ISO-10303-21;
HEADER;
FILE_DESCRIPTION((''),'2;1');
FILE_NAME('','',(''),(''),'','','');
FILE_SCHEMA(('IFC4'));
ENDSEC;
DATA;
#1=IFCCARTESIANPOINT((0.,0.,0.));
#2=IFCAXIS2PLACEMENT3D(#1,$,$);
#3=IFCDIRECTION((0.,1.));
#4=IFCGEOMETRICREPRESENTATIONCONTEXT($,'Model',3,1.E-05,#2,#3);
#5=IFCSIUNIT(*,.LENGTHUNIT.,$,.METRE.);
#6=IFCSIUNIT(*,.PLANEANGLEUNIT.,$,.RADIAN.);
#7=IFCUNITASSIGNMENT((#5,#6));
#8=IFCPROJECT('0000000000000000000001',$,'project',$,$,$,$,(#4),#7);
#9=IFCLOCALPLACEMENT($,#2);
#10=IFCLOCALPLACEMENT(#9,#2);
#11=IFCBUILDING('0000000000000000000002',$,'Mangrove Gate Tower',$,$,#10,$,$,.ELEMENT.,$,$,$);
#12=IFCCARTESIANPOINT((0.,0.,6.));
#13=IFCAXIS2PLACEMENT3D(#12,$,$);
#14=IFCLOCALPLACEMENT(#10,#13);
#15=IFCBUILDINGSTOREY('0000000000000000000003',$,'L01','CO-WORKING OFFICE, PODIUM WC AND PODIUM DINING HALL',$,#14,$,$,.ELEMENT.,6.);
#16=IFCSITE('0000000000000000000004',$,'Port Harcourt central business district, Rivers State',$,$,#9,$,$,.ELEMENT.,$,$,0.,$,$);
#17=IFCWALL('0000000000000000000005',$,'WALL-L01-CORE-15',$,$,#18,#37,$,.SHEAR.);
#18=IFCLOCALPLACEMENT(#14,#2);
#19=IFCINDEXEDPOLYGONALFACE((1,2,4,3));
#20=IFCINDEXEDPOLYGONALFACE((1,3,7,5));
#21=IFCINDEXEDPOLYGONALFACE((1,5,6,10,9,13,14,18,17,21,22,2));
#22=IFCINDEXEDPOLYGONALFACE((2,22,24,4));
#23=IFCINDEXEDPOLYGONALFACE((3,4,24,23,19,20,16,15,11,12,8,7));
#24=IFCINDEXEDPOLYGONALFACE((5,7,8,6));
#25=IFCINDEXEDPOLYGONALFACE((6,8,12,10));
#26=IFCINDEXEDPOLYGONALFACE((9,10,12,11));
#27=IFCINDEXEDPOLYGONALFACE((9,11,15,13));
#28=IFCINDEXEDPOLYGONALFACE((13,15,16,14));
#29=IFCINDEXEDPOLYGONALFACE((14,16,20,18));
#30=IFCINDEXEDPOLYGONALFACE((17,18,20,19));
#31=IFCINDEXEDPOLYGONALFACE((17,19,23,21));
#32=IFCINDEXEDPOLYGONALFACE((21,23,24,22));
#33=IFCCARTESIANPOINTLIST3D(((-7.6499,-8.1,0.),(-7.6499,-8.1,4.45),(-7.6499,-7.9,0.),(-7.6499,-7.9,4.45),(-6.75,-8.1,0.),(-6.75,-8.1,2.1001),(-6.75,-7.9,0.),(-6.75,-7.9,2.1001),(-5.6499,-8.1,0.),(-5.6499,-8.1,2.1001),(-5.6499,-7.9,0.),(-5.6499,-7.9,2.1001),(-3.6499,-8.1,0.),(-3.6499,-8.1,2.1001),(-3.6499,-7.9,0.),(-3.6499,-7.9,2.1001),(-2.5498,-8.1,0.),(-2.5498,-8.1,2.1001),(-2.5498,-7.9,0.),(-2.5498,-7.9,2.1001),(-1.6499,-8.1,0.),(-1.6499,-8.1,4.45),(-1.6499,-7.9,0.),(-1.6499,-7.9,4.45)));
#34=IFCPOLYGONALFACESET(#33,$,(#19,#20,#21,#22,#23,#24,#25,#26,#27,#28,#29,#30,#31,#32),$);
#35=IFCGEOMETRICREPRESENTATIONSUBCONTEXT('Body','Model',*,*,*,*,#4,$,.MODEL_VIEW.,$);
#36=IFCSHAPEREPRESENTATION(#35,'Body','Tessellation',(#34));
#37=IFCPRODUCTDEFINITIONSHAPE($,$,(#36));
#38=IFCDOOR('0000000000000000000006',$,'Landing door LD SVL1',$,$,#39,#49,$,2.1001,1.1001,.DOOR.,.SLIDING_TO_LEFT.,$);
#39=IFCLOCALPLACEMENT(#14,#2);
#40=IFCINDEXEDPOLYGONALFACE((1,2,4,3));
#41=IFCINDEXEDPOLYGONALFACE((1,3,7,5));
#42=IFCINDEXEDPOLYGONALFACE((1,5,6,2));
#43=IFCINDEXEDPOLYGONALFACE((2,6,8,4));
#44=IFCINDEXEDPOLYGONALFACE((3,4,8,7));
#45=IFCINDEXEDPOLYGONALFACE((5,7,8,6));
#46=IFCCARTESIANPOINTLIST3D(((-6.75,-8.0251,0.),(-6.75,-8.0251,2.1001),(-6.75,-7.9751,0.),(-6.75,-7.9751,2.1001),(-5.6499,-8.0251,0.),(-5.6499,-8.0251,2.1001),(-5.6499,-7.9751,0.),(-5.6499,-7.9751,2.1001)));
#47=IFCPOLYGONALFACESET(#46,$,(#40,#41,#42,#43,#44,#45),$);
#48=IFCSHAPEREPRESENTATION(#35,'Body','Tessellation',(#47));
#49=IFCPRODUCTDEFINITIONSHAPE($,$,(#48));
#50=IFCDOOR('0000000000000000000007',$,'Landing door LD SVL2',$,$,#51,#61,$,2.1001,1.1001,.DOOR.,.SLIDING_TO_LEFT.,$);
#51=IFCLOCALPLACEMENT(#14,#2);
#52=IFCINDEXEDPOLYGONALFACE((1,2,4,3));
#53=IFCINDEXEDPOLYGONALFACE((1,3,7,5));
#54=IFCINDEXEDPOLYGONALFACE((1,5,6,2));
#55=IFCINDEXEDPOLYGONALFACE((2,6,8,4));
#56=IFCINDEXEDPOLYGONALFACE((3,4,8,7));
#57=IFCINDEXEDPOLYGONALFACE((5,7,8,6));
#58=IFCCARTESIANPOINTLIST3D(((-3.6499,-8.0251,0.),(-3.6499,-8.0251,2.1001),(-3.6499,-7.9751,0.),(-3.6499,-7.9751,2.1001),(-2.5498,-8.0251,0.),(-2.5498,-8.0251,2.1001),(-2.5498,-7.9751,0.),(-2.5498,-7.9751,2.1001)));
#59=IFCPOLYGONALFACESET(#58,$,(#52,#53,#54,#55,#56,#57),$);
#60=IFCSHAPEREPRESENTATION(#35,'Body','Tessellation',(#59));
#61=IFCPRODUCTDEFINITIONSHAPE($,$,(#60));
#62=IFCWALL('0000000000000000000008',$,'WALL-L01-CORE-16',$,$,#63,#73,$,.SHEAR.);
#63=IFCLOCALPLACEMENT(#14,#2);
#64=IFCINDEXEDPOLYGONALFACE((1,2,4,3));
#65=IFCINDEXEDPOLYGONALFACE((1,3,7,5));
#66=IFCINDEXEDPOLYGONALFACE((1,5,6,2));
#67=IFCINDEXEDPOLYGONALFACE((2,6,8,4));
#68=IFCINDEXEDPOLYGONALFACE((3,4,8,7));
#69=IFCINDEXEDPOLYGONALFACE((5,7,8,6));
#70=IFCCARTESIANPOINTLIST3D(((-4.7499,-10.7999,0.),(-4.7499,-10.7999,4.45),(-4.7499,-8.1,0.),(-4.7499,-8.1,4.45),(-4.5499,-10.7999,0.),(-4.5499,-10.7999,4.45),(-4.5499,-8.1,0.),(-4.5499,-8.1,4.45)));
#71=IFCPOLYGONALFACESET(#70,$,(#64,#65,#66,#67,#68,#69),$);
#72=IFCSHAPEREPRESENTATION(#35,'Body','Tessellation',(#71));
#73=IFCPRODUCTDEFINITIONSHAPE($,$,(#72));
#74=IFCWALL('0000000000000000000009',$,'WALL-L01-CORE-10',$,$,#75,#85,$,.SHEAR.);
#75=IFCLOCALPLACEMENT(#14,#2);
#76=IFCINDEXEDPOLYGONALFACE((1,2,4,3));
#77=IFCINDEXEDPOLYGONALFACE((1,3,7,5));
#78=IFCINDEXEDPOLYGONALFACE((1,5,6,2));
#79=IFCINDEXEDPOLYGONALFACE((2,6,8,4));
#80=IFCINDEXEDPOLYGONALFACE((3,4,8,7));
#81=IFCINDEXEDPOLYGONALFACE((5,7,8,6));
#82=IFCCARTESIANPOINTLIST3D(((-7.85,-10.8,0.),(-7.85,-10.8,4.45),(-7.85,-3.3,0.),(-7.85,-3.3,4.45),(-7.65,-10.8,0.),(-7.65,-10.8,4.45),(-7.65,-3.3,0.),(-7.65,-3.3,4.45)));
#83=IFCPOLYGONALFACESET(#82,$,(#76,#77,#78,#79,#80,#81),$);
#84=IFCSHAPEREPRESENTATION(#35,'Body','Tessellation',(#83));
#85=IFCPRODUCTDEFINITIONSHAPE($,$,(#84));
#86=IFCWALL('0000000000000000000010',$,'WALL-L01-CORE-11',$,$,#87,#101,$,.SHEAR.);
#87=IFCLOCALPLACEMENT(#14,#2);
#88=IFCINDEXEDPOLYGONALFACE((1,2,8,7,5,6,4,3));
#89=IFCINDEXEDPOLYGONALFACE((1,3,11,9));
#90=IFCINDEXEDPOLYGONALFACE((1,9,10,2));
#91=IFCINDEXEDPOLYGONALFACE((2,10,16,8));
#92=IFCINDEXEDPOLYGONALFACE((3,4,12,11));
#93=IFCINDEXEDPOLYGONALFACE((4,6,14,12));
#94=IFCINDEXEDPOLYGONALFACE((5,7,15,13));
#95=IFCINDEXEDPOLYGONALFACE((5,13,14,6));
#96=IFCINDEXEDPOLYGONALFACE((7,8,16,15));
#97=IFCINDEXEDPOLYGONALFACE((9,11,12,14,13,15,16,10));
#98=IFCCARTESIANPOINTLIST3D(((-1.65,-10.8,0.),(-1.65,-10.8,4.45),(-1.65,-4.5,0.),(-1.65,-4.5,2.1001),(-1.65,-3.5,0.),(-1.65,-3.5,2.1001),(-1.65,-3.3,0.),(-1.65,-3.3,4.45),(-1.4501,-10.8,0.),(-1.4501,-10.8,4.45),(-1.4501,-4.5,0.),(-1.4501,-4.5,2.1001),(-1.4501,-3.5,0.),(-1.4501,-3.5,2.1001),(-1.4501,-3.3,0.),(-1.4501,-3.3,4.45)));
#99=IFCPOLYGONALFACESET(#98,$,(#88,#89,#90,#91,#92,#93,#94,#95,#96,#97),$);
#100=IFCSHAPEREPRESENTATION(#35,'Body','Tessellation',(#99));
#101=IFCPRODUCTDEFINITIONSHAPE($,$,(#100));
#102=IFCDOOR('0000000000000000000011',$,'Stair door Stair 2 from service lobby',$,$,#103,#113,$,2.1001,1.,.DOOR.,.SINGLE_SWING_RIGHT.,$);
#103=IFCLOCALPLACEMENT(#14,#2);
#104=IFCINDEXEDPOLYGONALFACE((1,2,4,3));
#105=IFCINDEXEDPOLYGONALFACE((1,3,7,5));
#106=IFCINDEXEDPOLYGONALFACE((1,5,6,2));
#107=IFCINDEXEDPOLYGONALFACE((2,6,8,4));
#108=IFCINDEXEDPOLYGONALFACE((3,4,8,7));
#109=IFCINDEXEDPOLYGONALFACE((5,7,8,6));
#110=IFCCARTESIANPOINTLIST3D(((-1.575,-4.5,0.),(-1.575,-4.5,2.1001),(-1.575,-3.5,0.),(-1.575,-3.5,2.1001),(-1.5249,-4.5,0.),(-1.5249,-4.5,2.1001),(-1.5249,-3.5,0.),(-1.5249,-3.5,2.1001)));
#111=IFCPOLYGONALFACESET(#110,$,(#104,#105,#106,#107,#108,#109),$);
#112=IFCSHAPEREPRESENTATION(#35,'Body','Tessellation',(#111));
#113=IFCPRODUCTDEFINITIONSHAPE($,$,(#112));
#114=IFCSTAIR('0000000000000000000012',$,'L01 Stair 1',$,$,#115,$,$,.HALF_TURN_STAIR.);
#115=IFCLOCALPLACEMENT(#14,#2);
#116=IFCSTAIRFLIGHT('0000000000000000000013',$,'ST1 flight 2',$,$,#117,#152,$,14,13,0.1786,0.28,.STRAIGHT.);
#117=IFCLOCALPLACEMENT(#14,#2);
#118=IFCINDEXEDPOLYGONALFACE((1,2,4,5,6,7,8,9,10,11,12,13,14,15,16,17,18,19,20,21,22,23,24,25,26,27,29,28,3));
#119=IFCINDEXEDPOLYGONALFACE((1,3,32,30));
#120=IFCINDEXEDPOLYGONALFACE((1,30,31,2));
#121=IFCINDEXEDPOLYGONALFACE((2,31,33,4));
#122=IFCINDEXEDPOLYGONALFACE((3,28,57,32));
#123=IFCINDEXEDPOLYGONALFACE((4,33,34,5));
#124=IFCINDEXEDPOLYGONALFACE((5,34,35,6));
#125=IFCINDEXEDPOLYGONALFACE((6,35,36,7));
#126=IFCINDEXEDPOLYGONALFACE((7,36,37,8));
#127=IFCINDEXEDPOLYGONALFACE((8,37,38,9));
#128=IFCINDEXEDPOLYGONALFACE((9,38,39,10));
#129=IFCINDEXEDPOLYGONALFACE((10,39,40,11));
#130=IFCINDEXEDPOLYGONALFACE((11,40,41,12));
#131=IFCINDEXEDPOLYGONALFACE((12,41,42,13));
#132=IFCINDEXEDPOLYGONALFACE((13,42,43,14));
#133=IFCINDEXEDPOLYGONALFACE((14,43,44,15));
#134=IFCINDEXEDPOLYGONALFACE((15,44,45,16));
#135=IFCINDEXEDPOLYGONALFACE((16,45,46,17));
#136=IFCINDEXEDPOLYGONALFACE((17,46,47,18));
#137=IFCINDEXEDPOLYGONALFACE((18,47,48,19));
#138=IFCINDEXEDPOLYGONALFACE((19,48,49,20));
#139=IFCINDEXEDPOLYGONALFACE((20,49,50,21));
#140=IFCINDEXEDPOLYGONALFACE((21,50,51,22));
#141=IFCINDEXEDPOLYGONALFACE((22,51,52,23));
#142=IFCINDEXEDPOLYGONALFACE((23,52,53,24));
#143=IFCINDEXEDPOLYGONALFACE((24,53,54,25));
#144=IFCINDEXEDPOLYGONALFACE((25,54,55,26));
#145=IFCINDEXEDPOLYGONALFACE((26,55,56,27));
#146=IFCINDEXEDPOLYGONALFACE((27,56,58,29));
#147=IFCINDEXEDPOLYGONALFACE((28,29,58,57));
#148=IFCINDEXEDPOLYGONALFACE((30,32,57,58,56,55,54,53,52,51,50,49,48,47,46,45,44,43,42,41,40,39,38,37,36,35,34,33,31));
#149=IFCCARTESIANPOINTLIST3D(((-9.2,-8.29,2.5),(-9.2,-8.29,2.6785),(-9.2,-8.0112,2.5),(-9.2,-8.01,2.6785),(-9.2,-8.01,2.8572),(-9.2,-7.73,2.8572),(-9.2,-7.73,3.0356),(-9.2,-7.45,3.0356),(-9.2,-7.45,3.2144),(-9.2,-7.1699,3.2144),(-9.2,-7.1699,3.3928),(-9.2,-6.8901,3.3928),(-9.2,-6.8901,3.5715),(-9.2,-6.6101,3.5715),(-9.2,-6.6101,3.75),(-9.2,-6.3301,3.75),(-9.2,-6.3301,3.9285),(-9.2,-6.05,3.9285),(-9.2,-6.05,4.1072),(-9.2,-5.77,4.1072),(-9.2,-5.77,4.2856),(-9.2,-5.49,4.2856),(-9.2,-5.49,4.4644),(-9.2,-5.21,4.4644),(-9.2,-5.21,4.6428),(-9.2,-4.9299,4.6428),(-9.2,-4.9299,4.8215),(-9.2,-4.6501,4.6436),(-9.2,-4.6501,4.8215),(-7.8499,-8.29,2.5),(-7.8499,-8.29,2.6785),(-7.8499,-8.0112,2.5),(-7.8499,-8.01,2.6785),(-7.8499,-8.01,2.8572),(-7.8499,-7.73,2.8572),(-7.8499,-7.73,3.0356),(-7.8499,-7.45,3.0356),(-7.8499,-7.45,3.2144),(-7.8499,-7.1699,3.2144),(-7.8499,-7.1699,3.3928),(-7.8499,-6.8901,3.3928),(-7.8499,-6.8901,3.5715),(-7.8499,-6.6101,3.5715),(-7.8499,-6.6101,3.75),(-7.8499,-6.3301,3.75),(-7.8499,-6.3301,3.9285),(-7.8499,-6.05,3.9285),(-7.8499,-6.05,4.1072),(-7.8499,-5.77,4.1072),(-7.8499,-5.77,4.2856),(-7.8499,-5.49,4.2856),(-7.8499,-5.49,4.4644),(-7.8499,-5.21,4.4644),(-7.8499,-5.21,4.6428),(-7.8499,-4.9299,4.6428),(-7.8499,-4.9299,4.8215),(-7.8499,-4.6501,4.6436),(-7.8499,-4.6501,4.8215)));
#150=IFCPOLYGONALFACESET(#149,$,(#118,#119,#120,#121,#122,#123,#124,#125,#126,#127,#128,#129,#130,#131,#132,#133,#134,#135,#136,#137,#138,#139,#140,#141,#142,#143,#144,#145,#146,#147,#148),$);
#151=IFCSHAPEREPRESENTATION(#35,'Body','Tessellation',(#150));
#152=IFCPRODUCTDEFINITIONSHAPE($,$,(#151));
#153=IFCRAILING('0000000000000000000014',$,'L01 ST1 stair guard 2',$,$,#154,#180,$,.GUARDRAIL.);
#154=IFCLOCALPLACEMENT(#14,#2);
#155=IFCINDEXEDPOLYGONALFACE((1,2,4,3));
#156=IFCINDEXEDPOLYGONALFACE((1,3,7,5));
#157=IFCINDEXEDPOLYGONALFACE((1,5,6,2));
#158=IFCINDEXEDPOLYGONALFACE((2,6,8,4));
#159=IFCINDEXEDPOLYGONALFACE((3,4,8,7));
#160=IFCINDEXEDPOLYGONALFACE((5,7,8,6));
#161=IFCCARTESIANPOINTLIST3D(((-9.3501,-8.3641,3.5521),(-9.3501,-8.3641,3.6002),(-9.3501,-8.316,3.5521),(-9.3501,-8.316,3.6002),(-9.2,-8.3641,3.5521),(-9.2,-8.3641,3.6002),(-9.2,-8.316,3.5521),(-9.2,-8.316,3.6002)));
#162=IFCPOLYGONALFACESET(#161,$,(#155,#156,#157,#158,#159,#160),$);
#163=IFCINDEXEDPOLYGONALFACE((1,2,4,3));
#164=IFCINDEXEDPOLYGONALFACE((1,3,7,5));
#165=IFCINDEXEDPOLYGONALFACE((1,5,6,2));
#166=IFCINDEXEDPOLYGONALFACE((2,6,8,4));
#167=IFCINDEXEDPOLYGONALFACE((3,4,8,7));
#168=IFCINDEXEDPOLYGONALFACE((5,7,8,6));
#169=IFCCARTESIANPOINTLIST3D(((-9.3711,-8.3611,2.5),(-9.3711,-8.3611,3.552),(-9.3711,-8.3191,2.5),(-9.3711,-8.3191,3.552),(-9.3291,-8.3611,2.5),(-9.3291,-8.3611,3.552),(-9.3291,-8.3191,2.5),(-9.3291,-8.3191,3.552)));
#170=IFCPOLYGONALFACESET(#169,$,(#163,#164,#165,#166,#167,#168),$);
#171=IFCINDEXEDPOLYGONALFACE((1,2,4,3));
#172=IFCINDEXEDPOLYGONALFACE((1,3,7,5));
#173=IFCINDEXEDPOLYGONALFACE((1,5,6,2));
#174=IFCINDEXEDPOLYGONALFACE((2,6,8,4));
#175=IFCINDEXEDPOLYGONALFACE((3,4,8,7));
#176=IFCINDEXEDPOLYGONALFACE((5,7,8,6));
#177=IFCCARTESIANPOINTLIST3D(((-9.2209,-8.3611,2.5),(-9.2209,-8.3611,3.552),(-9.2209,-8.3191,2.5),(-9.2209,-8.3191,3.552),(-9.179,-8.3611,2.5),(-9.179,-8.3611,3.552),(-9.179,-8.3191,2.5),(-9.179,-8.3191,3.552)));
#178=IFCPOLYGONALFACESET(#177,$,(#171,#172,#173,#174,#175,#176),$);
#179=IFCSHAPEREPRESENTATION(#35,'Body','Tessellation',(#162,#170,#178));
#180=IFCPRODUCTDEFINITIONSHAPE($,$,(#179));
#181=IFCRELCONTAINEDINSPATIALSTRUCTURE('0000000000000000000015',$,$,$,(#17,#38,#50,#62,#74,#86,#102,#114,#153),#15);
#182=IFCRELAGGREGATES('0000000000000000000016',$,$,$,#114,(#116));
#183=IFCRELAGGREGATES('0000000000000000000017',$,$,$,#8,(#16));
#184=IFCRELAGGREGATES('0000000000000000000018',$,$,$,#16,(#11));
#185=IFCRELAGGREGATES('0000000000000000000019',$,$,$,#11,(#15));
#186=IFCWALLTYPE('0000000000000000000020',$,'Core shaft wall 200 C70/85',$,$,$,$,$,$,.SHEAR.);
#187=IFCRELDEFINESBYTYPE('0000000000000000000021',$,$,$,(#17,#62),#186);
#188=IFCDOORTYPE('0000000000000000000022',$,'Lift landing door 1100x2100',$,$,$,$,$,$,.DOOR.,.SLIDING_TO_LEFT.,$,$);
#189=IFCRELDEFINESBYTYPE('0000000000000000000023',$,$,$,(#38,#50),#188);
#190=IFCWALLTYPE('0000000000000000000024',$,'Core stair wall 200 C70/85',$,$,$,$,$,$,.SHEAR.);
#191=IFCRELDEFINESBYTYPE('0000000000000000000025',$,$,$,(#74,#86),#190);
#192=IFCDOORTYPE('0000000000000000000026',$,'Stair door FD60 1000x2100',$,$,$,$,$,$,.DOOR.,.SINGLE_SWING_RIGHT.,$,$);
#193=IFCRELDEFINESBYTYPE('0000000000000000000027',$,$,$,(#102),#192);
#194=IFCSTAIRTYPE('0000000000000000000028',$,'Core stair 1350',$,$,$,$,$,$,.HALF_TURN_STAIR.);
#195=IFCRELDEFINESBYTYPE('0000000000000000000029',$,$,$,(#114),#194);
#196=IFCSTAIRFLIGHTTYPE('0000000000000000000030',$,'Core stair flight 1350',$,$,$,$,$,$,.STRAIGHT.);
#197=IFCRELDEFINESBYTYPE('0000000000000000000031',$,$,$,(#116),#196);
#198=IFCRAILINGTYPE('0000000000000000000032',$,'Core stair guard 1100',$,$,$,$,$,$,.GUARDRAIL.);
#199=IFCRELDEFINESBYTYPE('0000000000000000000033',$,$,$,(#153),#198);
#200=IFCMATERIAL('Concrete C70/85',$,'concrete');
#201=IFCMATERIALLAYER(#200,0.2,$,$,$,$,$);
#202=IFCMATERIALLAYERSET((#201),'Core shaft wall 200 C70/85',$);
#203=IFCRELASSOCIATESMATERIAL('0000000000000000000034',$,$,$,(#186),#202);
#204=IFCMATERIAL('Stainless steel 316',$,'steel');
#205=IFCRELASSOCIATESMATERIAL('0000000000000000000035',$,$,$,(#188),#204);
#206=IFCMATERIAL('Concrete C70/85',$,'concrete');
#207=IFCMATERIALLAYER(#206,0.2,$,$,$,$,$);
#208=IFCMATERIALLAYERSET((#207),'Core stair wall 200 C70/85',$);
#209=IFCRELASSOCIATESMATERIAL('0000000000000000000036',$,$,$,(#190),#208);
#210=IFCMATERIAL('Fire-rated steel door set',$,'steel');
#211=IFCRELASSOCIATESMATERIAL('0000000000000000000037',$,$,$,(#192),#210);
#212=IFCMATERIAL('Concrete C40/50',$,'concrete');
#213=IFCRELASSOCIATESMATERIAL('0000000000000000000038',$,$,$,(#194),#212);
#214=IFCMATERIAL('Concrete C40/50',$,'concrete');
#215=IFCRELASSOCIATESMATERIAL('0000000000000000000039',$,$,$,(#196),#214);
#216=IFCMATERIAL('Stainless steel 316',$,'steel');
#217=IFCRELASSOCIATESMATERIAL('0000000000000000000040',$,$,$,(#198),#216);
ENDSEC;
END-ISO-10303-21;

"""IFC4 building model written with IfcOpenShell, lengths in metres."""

from ifc_helpers import new_model, si_unit, direction, frame, frame_2d, origin, origin_2d, place, context, subcontext, project, spatial, polyline, rectangle, outline, extrude, material, layer, layer_set, type_object, element, fill, aggregate, save


model = new_model("IFC4")

# Units and contexts
model_context = context("Model", 3, precision=1e-05, world=origin(), true_north=direction((0.0, 1.0)))
body_context = subcontext(model_context, "Body", "Model", "MODEL_VIEW")
ifc_project = project(units=[si_unit("LENGTHUNIT", "METRE"), si_unit("PLANEANGLEUNIT", "RADIAN")], contexts=[model_context])

# Site, building, storey
site_placement = place(None, origin())
site = spatial("IfcSite", under=ifc_project, at=site_placement, Name="Port Harcourt central business district, Rivers State", CompositionType="ELEMENT", RefElevation=0.0)
building_placement = place(site_placement, origin())
building = spatial("IfcBuilding", under=site, at=building_placement, Name="Mangrove Gate Tower", CompositionType="ELEMENT")
storey_placement = place(building_placement, frame((0.0, 0.0, 6.0)))
storey = spatial("IfcBuildingStorey", under=building, at=storey_placement, Name="L01", Description="CO-WORKING OFFICE, PODIUM WC AND PODIUM DINING HALL", CompositionType="ELEMENT", Elevation=6.0)

# Wall, openings, doors
ifc_material_1 = material(Name="Concrete C70/85", Category="concrete")
ifc_layer_1 = layer(ifc_material_1, 0.2)
ifc_layer_set_1 = layer_set([ifc_layer_1], Name="Core shaft wall 200 C70/85")
wall_type_1 = type_object("IfcWallType", Name="Core shaft wall 200 C70/85", PredefinedType="SHEAR", material=ifc_layer_set_1)
wall_1_placement = place(storey_placement, frame((-7.6499, -8.0, 0.0), z_axis=(0.0, 0.0, 1.0), x_axis=(1.0, 0.0, 0.0)))
wall_1 = element("IfcWall", 1, at=wall_1_placement, inside=storey, type_object=wall_type_1, Name="WALL-L01-CORE-15", PredefinedType="SHEAR", context=body_context, shape_type="SweptSolid", body=[
    extrude(rectangle(XDim=6.0, YDim=0.2, at=frame_2d((3.0, 0.0))), origin(), (0.0, 0.0, 1.0), 4.45),
])
opening_1_placement = place(wall_1_placement, frame((0.8999, 0.0, 0.0)))
opening_1 = element("IfcOpeningElement", 2, at=opening_1_placement, cuts=wall_1, PredefinedType="OPENING", context=body_context, shape_type="SweptSolid", body=[
    extrude(rectangle(XDim=1.1001, YDim=2.1001, at=frame_2d((0.55, 1.05))), frame((0.0, 0.1099, 0.0), z_axis=(0.0, -1.0, 0.0), x_axis=(1.0, 0.0, 0.0)), (0.0, 0.0, 1.0), 0.22),
])
opening_2_placement = place(wall_1_placement, frame((4.0, 0.0, 0.0)))
opening_2 = element("IfcOpeningElement", 3, at=opening_2_placement, cuts=wall_1, PredefinedType="OPENING", context=body_context, shape_type="SweptSolid", body=[
    extrude(rectangle(XDim=1.1001, YDim=2.1001, at=frame_2d((0.55, 1.05))), frame((0.0, 0.1099, 0.0), z_axis=(0.0, -1.0, 0.0), x_axis=(1.0, 0.0, 0.0)), (0.0, 0.0, 1.0), 0.22),
])
ifc_material_2 = material(Name="Stainless steel 316", Category="steel")
door_type_1 = type_object("IfcDoorType", Name="Lift landing door 1100x2100", OperationType="SLIDING_TO_LEFT", PredefinedType="DOOR", material=ifc_material_2)
door_1_placement = place(opening_1_placement, origin())
door_1 = element("IfcDoor", 4, at=door_1_placement, inside=storey, type_object=door_type_1, Name="Landing door LD SVL1", OperationType="SLIDING_TO_LEFT", OverallHeight=2.1001, OverallWidth=1.1001, PredefinedType="DOOR", context=body_context, shape_type="SweptSolid", body=[
    extrude(rectangle(XDim=1.1001, YDim=2.1001, at=frame_2d((0.55, 1.05))), frame((0.0, 0.0249, 0.0), z_axis=(0.0, -1.0, 0.0), x_axis=(1.0, 0.0, 0.0)), (0.0, 0.0, 1.0), 0.05),
])
fill(opening_1, door_1)
door_2_placement = place(opening_2_placement, origin())
door_2 = element("IfcDoor", 5, at=door_2_placement, inside=storey, type_object=door_type_1, Name="Landing door LD SVL2", OperationType="SLIDING_TO_LEFT", OverallHeight=2.1001, OverallWidth=1.1001, PredefinedType="DOOR", context=body_context, shape_type="SweptSolid", body=[
    extrude(rectangle(XDim=1.1001, YDim=2.1001, at=frame_2d((0.55, 1.05))), frame((0.0, 0.0249, 0.0), z_axis=(0.0, -1.0, 0.0), x_axis=(1.0, 0.0, 0.0)), (0.0, 0.0, 1.0), 0.05),
])
fill(opening_2, door_2)

# Walls
wall_2_placement = place(storey_placement, frame((-4.6499, -10.8, 0.0), z_axis=(0.0, 0.0, 1.0), x_axis=(0.0, 1.0, 0.0)))
element("IfcWall", 6, at=wall_2_placement, inside=storey, type_object=wall_type_1, Name="WALL-L01-CORE-16", PredefinedType="SHEAR", context=body_context, shape_type="SweptSolid", body=[
    extrude(rectangle(XDim=2.7, YDim=0.2, at=frame_2d((1.3501, 0.0))), origin(), (0.0, 0.0, 1.0), 4.45),
])
ifc_material_3 = material(Name="Concrete C70/85", Category="concrete")
ifc_layer_2 = layer(ifc_material_3, 0.2)
ifc_layer_set_2 = layer_set([ifc_layer_2], Name="Core stair wall 200 C70/85")
wall_type_2 = type_object("IfcWallType", Name="Core stair wall 200 C70/85", PredefinedType="SHEAR", material=ifc_layer_set_2)
wall_3_placement = place(storey_placement, frame((-7.75, -10.8, 0.0), z_axis=(0.0, 0.0, 1.0), x_axis=(0.0, 1.0, 0.0)))
element("IfcWall", 7, at=wall_3_placement, inside=storey, type_object=wall_type_2, Name="WALL-L01-CORE-10", PredefinedType="SHEAR", context=body_context, shape_type="SweptSolid", body=[
    extrude(rectangle(XDim=7.5, YDim=0.2, at=frame_2d((3.75, 0.0))), origin(), (0.0, 0.0, 1.0), 4.45),
])

# Wall, opening, door
wall_4_placement = place(storey_placement, frame((-1.55, -10.8, 0.0), z_axis=(0.0, 0.0, 1.0), x_axis=(0.0, 1.0, 0.0)))
wall_4 = element("IfcWall", 8, at=wall_4_placement, inside=storey, type_object=wall_type_2, Name="WALL-L01-CORE-11", PredefinedType="SHEAR", context=body_context, shape_type="SweptSolid", body=[
    extrude(rectangle(XDim=7.5, YDim=0.2, at=frame_2d((3.75, 0.0))), origin(), (0.0, 0.0, 1.0), 4.45),
])
opening_3_placement = place(wall_4_placement, frame((6.3, 0.0, 0.0)))
opening_3 = element("IfcOpeningElement", 9, at=opening_3_placement, cuts=wall_4, PredefinedType="OPENING", context=body_context, shape_type="SweptSolid", body=[
    extrude(rectangle(XDim=1.0, YDim=2.1001, at=frame_2d((0.5, 1.05))), frame((0.0, 0.1099, 0.0), z_axis=(0.0, -1.0, 0.0), x_axis=(1.0, 0.0, 0.0)), (0.0, 0.0, 1.0), 0.22),
])
ifc_material_4 = material(Name="Fire-rated steel door set", Category="steel")
door_type_2 = type_object("IfcDoorType", Name="Stair door FD60 1000x2100", OperationType="SINGLE_SWING_RIGHT", PredefinedType="DOOR", material=ifc_material_4)
door_3_placement = place(opening_3_placement, origin())
door_3 = element("IfcDoor", 10, at=door_3_placement, inside=storey, type_object=door_type_2, Name="Stair door Stair 2 from service lobby", OperationType="SINGLE_SWING_RIGHT", OverallHeight=2.1001, OverallWidth=1.0, PredefinedType="DOOR", context=body_context, shape_type="SweptSolid", body=[
    extrude(rectangle(XDim=1.0, YDim=2.1001, at=frame_2d((0.5, 1.05))), frame((0.0, 0.0249, 0.0), z_axis=(0.0, -1.0, 0.0), x_axis=(1.0, 0.0, 0.0)), (0.0, 0.0, 1.0), 0.05),
])
fill(opening_3, door_3)

# Stair, stair flight
ifc_material_5 = material(Name="Concrete C40/50", Category="concrete")
stair_type = type_object("IfcStairType", Name="Core stair 1350", PredefinedType="HALF_TURN_STAIR", material=ifc_material_5)
stair_placement = place(storey_placement, origin())
stair = element("IfcStair", 11, at=stair_placement, inside=storey, type_object=stair_type, Name="L01 Stair 1", PredefinedType="HALF_TURN_STAIR")
ifc_material_6 = material(Name="Concrete C40/50", Category="concrete")
stair_flight_type = type_object("IfcStairFlightType", Name="Core stair flight 1350", PredefinedType="STRAIGHT", material=ifc_material_6)
stair_flight_placement = place(storey_placement, frame((-8.5249, -8.29, 2.5), z_axis=(0.0, 0.0, 1.0), x_axis=(0.0, 1.0, 0.0)))
stair_flight = element("IfcStairFlight", 12, at=stair_flight_placement, type_object=stair_flight_type, Name="ST1 flight 2", NumberOfRisers=14, NumberOfTreads=13, PredefinedType="STRAIGHT", RiserHeight=0.1786, TreadLength=0.28, context=body_context, shape_type="SweptSolid", body=[
    extrude(outline(polyline([(0.0, 0.0), (0.0, 0.1785), (0.28, 0.1785), (0.28, 0.3572), (0.5601, 0.3572), (0.5601, 0.5356), (0.8401, 0.5356), (0.8401, 0.7144), (1.1201, 0.7144), (1.1201, 0.8928), (1.3999, 0.8928), (1.3999, 1.0715), (1.6799, 1.0715), (1.6799, 1.25), (1.96, 1.25), (1.96, 1.4285), (2.24, 1.4285), (2.24, 1.6072), (2.52, 1.6072), (2.52, 1.7856), (2.8, 1.7856), (2.8, 1.9644), (3.0801, 1.9644), (3.0801, 2.1428), (3.3601, 2.1428), (3.3601, 2.3215), (3.6399, 2.3215), (3.6399, 2.5), (3.6399, 2.1436), (0.2788, 0.0), (0.0, 0.0)])), frame((0.0, 0.675, 0.0), z_axis=(0.0, -1.0, 0.0), x_axis=(1.0, 0.0, 0.0)), (0.0, 0.0, 1.0), 1.3501),
])
aggregate(stair, [stair_flight])

# Railing
ifc_material_7 = material(Name="Stainless steel 316", Category="steel")
railing_type_1 = type_object("IfcRailingType", Name="Core stair guard 1100", PredefinedType="GUARDRAIL", material=ifc_material_7)
railing_1_placement = place(storey_placement, frame((-9.3501, -8.3401, 2.5)))
element("IfcRailing", 13, at=railing_1_placement, inside=storey, type_object=railing_type_1, Name="L01 ST1 stair guard 2", PredefinedType="GUARDRAIL", context=body_context, shape_type="SweptSolid", body=[
    extrude(rectangle(XDim=0.0481, YDim=0.0481, at=origin_2d()), frame((0.0, 0.0, 1.0762), z_axis=(1.0, 0.0, 0.0), x_axis=(0.0, 1.0, 0.0)), (0.0, 0.0, 1.0), 0.1501),
    extrude(rectangle(XDim=0.042, YDim=0.042, at=origin_2d()), origin(), (0.0, 0.0, 1.0), 1.052),
    extrude(rectangle(XDim=0.042, YDim=0.042, at=origin_2d()), frame((0.1501, 0.0, 0.0)), (0.0, 0.0, 1.0), 1.052),
])

save(model, "model.ifc")
